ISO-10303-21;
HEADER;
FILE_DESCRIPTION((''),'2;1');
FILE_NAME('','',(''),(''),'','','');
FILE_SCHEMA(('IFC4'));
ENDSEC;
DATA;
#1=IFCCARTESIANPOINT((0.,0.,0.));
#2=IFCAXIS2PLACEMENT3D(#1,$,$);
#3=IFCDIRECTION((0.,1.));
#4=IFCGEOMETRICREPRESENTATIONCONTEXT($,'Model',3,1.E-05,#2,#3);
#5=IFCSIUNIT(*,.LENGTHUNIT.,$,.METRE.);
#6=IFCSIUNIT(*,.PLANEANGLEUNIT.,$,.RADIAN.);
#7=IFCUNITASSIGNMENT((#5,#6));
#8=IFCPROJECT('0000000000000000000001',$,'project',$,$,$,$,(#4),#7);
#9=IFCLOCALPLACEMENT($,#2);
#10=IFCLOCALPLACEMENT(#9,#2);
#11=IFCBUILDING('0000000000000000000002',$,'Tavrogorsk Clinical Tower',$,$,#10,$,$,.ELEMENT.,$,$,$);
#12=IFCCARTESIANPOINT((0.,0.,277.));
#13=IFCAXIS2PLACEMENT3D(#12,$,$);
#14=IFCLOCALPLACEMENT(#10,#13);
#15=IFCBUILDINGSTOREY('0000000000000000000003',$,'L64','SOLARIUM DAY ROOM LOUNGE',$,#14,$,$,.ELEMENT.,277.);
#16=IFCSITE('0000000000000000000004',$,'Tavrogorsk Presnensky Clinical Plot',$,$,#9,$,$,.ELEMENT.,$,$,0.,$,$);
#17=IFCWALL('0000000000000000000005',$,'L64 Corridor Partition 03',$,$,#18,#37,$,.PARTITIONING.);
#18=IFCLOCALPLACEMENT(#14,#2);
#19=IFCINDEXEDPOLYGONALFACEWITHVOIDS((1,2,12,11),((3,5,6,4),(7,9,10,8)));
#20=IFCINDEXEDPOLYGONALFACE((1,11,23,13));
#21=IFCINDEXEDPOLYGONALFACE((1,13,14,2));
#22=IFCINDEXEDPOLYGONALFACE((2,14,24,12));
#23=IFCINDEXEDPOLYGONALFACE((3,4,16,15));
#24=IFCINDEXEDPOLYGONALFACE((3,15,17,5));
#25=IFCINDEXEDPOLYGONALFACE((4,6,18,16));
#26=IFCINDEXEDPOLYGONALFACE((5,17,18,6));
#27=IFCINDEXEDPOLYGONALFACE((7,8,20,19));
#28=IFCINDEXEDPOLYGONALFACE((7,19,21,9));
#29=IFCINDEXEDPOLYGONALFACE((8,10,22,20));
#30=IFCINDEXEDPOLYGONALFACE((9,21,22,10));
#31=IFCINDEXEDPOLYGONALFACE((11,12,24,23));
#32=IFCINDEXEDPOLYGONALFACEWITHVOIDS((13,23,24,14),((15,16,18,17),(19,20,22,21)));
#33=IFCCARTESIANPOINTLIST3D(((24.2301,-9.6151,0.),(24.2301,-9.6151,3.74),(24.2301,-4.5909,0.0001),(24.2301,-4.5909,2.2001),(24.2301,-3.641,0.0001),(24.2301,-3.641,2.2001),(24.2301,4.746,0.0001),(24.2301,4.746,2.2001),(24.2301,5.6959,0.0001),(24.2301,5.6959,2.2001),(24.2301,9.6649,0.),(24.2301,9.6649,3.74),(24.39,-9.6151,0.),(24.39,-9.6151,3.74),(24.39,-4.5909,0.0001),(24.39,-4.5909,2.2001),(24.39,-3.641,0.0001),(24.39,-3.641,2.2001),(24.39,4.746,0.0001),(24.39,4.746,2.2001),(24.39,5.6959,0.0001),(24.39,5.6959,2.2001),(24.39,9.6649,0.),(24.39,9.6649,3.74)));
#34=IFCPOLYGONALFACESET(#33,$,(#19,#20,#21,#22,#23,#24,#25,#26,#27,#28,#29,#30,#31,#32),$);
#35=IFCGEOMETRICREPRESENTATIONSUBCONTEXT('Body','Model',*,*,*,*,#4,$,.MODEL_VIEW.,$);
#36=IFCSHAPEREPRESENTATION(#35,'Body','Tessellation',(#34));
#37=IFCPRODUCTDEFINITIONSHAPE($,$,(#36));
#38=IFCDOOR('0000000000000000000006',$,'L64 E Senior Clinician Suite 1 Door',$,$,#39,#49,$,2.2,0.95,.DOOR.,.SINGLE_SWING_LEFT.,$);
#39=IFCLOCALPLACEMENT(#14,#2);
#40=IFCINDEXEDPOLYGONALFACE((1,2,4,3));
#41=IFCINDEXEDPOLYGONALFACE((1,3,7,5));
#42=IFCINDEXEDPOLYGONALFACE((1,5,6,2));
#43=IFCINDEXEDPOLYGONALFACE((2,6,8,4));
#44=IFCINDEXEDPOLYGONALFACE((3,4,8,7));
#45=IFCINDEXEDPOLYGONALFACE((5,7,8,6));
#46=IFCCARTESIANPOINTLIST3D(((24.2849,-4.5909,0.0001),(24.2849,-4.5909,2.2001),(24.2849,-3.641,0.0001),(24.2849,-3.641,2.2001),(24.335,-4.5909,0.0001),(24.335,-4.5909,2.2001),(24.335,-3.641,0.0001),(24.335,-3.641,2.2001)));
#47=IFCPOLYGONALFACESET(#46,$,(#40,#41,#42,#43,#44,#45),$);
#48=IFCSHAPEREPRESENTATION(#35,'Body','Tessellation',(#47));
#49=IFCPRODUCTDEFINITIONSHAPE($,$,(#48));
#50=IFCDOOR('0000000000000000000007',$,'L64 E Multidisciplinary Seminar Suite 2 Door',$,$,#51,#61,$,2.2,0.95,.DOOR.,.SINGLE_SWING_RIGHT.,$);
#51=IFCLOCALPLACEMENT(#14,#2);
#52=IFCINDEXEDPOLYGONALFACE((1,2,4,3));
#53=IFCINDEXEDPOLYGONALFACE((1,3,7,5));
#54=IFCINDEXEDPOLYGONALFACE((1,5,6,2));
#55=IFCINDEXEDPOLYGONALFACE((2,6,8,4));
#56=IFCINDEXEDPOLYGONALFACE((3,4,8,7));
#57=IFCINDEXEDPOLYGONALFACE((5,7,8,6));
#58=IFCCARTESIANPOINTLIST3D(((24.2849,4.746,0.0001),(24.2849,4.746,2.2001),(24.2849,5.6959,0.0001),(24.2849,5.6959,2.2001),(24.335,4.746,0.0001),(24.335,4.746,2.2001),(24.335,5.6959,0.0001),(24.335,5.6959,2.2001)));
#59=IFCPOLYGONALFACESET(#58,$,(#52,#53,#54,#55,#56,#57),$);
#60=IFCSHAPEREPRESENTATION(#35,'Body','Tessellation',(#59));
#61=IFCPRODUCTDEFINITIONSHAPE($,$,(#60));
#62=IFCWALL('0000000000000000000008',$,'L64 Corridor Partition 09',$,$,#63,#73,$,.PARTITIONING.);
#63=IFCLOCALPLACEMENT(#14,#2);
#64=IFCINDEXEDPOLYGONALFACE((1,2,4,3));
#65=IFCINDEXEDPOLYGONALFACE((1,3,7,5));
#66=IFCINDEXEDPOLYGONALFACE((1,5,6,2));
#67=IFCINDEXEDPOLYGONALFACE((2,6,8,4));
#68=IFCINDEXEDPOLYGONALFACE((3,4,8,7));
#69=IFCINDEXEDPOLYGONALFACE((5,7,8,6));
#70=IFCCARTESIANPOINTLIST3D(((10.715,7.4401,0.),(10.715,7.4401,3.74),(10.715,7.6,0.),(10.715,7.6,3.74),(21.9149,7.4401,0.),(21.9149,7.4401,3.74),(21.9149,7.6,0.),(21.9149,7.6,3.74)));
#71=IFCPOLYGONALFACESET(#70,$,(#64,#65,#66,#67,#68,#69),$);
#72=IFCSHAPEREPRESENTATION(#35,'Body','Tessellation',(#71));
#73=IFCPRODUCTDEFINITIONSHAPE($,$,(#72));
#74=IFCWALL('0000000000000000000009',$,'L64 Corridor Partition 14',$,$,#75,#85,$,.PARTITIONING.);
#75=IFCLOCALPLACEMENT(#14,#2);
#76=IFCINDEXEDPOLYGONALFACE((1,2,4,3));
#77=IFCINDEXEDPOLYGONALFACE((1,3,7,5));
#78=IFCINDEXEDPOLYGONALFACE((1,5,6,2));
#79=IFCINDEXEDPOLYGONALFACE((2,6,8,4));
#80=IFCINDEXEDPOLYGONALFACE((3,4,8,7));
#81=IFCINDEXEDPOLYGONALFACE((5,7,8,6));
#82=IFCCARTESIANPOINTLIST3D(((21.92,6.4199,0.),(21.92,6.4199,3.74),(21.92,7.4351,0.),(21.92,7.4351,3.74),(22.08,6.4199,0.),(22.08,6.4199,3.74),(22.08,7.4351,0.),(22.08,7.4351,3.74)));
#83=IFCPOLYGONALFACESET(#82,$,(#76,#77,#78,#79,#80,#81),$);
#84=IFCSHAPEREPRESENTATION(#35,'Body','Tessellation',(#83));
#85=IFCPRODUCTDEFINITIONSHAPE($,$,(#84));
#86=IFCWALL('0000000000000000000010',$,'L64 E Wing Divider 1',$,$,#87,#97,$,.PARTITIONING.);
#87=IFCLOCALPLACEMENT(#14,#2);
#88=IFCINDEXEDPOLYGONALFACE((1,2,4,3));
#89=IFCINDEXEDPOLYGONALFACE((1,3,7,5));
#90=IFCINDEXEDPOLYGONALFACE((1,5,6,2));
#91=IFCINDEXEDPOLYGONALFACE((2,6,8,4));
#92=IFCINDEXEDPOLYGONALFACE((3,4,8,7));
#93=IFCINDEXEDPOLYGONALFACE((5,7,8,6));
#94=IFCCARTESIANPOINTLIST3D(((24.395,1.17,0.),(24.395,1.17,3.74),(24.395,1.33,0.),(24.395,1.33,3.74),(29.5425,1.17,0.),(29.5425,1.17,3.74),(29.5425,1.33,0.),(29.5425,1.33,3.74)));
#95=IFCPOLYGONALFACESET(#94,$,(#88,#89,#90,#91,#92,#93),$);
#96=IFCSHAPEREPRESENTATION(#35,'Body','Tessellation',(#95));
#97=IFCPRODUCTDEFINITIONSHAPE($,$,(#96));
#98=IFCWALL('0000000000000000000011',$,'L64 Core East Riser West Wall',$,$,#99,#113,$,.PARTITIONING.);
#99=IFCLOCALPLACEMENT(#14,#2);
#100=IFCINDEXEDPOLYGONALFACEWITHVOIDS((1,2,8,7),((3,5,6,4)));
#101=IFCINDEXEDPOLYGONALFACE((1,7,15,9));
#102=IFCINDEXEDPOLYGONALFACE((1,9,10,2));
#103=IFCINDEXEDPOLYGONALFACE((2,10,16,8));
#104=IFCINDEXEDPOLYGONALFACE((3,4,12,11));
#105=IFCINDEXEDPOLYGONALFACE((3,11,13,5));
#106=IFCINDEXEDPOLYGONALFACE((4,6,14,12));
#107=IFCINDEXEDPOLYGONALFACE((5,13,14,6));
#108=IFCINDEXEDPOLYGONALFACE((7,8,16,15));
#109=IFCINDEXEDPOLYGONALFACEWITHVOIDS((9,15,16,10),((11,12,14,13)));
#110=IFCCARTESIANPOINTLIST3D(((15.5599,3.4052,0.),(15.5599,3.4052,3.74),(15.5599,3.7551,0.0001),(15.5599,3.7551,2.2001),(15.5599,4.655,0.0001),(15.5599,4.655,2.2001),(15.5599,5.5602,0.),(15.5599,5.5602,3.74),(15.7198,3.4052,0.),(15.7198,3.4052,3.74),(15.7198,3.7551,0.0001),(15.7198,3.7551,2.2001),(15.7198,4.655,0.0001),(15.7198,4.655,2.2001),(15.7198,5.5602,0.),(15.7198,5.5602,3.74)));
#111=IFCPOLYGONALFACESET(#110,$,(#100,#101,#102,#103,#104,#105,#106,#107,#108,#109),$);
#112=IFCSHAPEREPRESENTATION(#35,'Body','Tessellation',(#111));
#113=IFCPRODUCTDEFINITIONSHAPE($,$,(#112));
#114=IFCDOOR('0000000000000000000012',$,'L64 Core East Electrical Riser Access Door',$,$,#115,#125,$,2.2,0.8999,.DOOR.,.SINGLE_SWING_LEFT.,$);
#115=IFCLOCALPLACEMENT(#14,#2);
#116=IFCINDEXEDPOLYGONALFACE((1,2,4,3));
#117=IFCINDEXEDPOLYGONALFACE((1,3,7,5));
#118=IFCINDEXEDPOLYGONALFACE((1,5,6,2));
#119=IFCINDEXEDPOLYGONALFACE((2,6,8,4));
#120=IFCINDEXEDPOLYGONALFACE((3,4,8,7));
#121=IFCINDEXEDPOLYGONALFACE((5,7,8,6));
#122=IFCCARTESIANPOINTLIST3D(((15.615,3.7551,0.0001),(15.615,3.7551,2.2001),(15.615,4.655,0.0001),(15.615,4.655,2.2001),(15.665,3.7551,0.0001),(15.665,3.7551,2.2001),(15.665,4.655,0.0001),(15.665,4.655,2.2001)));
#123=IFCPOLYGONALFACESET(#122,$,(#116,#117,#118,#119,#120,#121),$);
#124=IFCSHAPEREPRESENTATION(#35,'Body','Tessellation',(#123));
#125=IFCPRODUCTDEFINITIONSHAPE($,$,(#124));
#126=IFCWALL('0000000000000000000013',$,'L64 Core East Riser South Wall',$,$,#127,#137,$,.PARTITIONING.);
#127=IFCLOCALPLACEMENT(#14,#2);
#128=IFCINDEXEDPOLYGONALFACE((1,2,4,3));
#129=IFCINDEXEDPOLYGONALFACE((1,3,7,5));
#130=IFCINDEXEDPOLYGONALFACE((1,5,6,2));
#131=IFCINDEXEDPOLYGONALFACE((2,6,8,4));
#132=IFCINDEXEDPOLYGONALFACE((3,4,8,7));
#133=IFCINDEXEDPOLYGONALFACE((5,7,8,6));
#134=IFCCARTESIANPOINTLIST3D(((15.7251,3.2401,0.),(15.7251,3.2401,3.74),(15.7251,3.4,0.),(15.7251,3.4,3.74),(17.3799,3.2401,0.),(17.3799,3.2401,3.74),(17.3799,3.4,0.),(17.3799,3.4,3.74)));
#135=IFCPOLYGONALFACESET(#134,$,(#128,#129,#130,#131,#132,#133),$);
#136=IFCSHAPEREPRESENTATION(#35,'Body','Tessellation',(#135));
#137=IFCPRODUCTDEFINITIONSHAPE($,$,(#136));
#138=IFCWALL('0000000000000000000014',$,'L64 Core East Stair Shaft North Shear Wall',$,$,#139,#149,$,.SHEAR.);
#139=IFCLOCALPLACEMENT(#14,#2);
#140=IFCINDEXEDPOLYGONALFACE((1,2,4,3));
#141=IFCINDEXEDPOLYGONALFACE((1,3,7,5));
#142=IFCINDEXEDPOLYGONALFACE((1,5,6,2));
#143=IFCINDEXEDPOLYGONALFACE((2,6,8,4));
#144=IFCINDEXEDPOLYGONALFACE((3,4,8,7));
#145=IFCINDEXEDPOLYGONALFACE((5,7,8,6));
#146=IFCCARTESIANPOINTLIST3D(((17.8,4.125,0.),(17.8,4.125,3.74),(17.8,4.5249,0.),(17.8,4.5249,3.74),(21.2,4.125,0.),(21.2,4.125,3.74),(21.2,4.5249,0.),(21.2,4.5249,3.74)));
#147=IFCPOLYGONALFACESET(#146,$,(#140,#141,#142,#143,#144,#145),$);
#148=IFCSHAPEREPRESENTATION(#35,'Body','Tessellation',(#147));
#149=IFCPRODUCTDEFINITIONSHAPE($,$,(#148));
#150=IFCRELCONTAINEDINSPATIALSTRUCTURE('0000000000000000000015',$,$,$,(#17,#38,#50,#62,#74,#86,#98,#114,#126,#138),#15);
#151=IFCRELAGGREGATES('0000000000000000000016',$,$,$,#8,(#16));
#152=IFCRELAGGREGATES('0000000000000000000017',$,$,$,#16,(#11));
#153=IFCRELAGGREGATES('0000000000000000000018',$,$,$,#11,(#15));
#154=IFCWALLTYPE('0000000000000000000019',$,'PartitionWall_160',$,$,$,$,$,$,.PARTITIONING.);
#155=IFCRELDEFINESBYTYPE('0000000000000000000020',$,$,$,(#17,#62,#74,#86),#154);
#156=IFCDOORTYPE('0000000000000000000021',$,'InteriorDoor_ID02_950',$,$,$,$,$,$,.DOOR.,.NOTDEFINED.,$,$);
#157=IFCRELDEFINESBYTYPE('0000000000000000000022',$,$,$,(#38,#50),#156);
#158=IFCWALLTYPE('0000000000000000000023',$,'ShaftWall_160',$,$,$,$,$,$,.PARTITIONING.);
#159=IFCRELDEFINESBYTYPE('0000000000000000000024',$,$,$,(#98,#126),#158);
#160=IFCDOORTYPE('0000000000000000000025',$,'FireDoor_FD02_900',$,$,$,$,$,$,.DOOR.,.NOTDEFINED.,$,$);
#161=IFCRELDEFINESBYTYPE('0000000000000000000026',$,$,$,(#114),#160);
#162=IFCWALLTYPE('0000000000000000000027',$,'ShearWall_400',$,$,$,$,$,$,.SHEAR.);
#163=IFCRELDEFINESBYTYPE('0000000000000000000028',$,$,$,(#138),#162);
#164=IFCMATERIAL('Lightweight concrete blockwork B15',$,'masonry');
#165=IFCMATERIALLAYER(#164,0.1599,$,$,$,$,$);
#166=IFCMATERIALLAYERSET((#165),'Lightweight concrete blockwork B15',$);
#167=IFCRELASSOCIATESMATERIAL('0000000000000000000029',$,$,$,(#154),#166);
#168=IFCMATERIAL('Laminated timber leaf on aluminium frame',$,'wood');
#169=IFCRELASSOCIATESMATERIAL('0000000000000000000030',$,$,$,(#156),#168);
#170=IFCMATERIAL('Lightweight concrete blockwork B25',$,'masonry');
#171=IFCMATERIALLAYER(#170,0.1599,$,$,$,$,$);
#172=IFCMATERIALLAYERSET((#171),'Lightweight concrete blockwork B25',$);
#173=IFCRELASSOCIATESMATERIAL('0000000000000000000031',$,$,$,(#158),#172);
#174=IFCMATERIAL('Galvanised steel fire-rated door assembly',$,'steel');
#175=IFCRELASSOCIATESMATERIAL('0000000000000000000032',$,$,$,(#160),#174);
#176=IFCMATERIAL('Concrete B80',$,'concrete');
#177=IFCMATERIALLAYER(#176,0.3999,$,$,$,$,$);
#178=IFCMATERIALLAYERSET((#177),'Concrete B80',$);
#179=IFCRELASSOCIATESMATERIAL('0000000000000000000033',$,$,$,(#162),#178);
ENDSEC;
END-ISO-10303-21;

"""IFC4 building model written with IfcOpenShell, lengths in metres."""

from ifc_helpers import new_model, si_unit, direction, frame, frame_2d, origin, place, context, subcontext, project, spatial, rectangle, extrude, material, layer, layer_set, type_object, element, fill, save


model = new_model("IFC4")

# Units and contexts
model_context = context("Model", 3, precision=1e-05, world=origin(), true_north=direction((0.0, 1.0)))
body_context = subcontext(model_context, "Body", "Model", "MODEL_VIEW")
ifc_project = project(units=[si_unit("LENGTHUNIT", "METRE"), si_unit("PLANEANGLEUNIT", "RADIAN")], contexts=[model_context])

# Site, building, storey
site_placement = place(None, origin())
site = spatial("IfcSite", under=ifc_project, at=site_placement, Name="Tavrogorsk Presnensky Clinical Plot", CompositionType="ELEMENT", RefElevation=0.0)
building_placement = place(site_placement, origin())
building = spatial("IfcBuilding", under=site, at=building_placement, Name="Tavrogorsk Clinical Tower", CompositionType="ELEMENT")
storey_placement = place(building_placement, frame((0.0, 0.0, 277.0)))
storey = spatial("IfcBuildingStorey", under=building, at=storey_placement, Name="L64", Description="SOLARIUM DAY ROOM LOUNGE", CompositionType="ELEMENT", Elevation=277.0)

# Shared definitions
ifc_material_1 = material(Name="Lightweight concrete blockwork B15", Category="masonry")
ifc_layer_1 = layer(ifc_material_1, 0.1599)
ifc_layer_set_1 = layer_set([ifc_layer_1], Name="Lightweight concrete blockwork B15")
wall_type_1 = type_object("IfcWallType", Name="PartitionWall_160", PredefinedType="PARTITIONING", material=ifc_layer_set_1)

# Wall, openings, doors
wall_1_placement = place(storey_placement, frame((24.3101, 9.665, 0.0), z_axis=(0.0, 0.0, 1.0), x_axis=(0.0, -1.0, 0.0)))
wall_1 = element("IfcWall", 1, at=wall_1_placement, inside=storey, type_object=wall_type_1, Name="L64 Corridor Partition 03", PredefinedType="PARTITIONING", context=body_context, shape_type="SweptSolid", body=[
    extrude(rectangle(XDim=19.28, YDim=0.1599, at=frame_2d((9.6401, 0.0))), origin(), (0.0, 0.0, 1.0), 3.74),
])
opening_1_placement = place(wall_1_placement, frame((13.3059, 0.0, 0.0)))
opening_1 = element("IfcOpeningElement", 2, at=opening_1_placement, cuts=wall_1, PredefinedType="OPENING", context=body_context, shape_type="SweptSolid", body=[
    extrude(rectangle(XDim=0.95, YDim=2.2, at=frame_2d((0.4751, 1.1001))), frame((0.0, 0.0898, 0.0), z_axis=(0.0, -1.0, 0.0), x_axis=(1.0, 0.0, 0.0)), (0.0, 0.0, 1.0), 0.1799),
])
opening_2_placement = place(wall_1_placement, frame((3.969, 0.0, 0.0)))
opening_2 = element("IfcOpeningElement", 3, at=opening_2_placement, cuts=wall_1, PredefinedType="OPENING", context=body_context, shape_type="SweptSolid", body=[
    extrude(rectangle(XDim=0.95, YDim=2.2, at=frame_2d((0.4751, 1.1001))), frame((0.0, 0.0898, 0.0), z_axis=(0.0, -1.0, 0.0), x_axis=(1.0, 0.0, 0.0)), (0.0, 0.0, 1.0), 0.1799),
])
ifc_material_2 = material(Name="Laminated timber leaf on aluminium frame", Category="wood")
door_type_1 = type_object("IfcDoorType", Name="InteriorDoor_ID02_950", OperationType="NOTDEFINED", PredefinedType="DOOR", material=ifc_material_2)
door_1_placement = place(opening_1_placement, origin())
door_1 = element("IfcDoor", 4, at=door_1_placement, inside=storey, type_object=door_type_1, Name="L64 E Senior Clinician Suite 1 Door", OperationType="SINGLE_SWING_LEFT", OverallHeight=2.2, OverallWidth=0.95, PredefinedType="DOOR", context=body_context, shape_type="SweptSolid", body=[
    extrude(rectangle(XDim=0.95, YDim=2.2, at=frame_2d((0.4751, 1.1001))), frame((0.0, 0.0249, 0.0), z_axis=(0.0, -1.0, 0.0), x_axis=(1.0, 0.0, 0.0)), (0.0, 0.0, 1.0), 0.05),
])
fill(opening_1, door_1)
door_2_placement = place(opening_2_placement, origin())
door_2 = element("IfcDoor", 5, at=door_2_placement, inside=storey, type_object=door_type_1, Name="L64 E Multidisciplinary Seminar Suite 2 Door", OperationType="SINGLE_SWING_RIGHT", OverallHeight=2.2, OverallWidth=0.95, PredefinedType="DOOR", context=body_context, shape_type="SweptSolid", body=[
    extrude(rectangle(XDim=0.95, YDim=2.2, at=frame_2d((0.4751, 1.1001))), frame((0.0, 0.0249, 0.0), z_axis=(0.0, -1.0, 0.0), x_axis=(1.0, 0.0, 0.0)), (0.0, 0.0, 1.0), 0.05),
])
fill(opening_2, door_2)

# Walls
wall_2_placement = place(storey_placement, frame((21.915, 7.52, 0.0), z_axis=(0.0, 0.0, 1.0), x_axis=(-1.0, 0.0, 0.0)))
element("IfcWall", 6, at=wall_2_placement, inside=storey, type_object=wall_type_1, Name="L64 Corridor Partition 09", PredefinedType="PARTITIONING", context=body_context, shape_type="SweptSolid", body=[
    extrude(rectangle(XDim=11.2, YDim=0.1599, at=frame_2d((5.6001, 0.0))), origin(), (0.0, 0.0, 1.0), 3.74),
])
wall_3_placement = place(storey_placement, frame((22.0, 6.4199, 0.0), z_axis=(0.0, 0.0, 1.0), x_axis=(0.0, 1.0, 0.0)))
element("IfcWall", 7, at=wall_3_placement, inside=storey, type_object=wall_type_1, Name="L64 Corridor Partition 14", PredefinedType="PARTITIONING", context=body_context, shape_type="SweptSolid", body=[
    extrude(rectangle(XDim=1.0151, YDim=0.1599, at=frame_2d((0.5076, 0.0))), origin(), (0.0, 0.0, 1.0), 3.74),
])
wall_4_placement = place(storey_placement, frame((24.395, 1.25, 0.0), z_axis=(0.0, 0.0, 1.0), x_axis=(1.0, 0.0, 0.0)))
element("IfcWall", 8, at=wall_4_placement, inside=storey, type_object=wall_type_1, Name="L64 E Wing Divider 1", PredefinedType="PARTITIONING", context=body_context, shape_type="SweptSolid", body=[
    extrude(rectangle(XDim=5.1475, YDim=0.1599, at=frame_2d((2.5737, 0.0))), origin(), (0.0, 0.0, 1.0), 3.74),
])

# Wall, opening, door
ifc_material_3 = material(Name="Lightweight concrete blockwork B25", Category="masonry")
ifc_layer_2 = layer(ifc_material_3, 0.1599)
ifc_layer_set_2 = layer_set([ifc_layer_2], Name="Lightweight concrete blockwork B25")
wall_type_2 = type_object("IfcWallType", Name="ShaftWall_160", PredefinedType="PARTITIONING", material=ifc_layer_set_2)
wall_5_placement = place(storey_placement, frame((15.6399, 3.405, 0.0), z_axis=(0.0, 0.0, 1.0), x_axis=(0.0, 1.0, 0.0)))
wall_5 = element("IfcWall", 9, at=wall_5_placement, inside=storey, type_object=wall_type_2, Name="L64 Core East Riser West Wall", PredefinedType="PARTITIONING", context=body_context, shape_type="SweptSolid", body=[
    extrude(rectangle(XDim=2.155, YDim=0.1599, at=frame_2d((1.0776, 0.0))), origin(), (0.0, 0.0, 1.0), 3.74),
])
opening_3_placement = place(wall_5_placement, frame((0.3501, 0.0, 0.0)))
opening_3 = element("IfcOpeningElement", 10, at=opening_3_placement, cuts=wall_5, PredefinedType="OPENING", context=body_context, shape_type="SweptSolid", body=[
    extrude(rectangle(XDim=0.8999, YDim=2.2, at=frame_2d((0.45, 1.1001))), frame((0.0, 0.0898, 0.0), z_axis=(0.0, -1.0, 0.0), x_axis=(1.0, 0.0, 0.0)), (0.0, 0.0, 1.0), 0.1799),
])
ifc_material_4 = material(Name="Galvanised steel fire-rated door assembly", Category="steel")
door_type_2 = type_object("IfcDoorType", Name="FireDoor_FD02_900", OperationType="NOTDEFINED", PredefinedType="DOOR", material=ifc_material_4)
door_3_placement = place(opening_3_placement, origin())
door_3 = element("IfcDoor", 11, at=door_3_placement, inside=storey, type_object=door_type_2, Name="L64 Core East Electrical Riser Access Door", OperationType="SINGLE_SWING_LEFT", OverallHeight=2.2, OverallWidth=0.8999, PredefinedType="DOOR", context=body_context, shape_type="SweptSolid", body=[
    extrude(rectangle(XDim=0.8999, YDim=2.2, at=frame_2d((0.45, 1.1001))), frame((0.0, 0.0249, 0.0), z_axis=(0.0, -1.0, 0.0), x_axis=(1.0, 0.0, 0.0)), (0.0, 0.0, 1.0), 0.05),
])
fill(opening_3, door_3)

# Walls
wall_6_placement = place(storey_placement, frame((15.7251, 3.3201, 0.0), z_axis=(0.0, 0.0, 1.0), x_axis=(1.0, 0.0, 0.0)))
element("IfcWall", 12, at=wall_6_placement, inside=storey, type_object=wall_type_2, Name="L64 Core East Riser South Wall", PredefinedType="PARTITIONING", context=body_context, shape_type="SweptSolid", body=[
    extrude(rectangle(XDim=1.6548, YDim=0.1599, at=frame_2d((0.8274, 0.0))), origin(), (0.0, 0.0, 1.0), 3.74),
])
ifc_material_5 = material(Name="Concrete B80", Category="concrete")
ifc_layer_3 = layer(ifc_material_5, 0.3999)
ifc_layer_set_3 = layer_set([ifc_layer_3], Name="Concrete B80")
wall_type_3 = type_object("IfcWallType", Name="ShearWall_400", PredefinedType="SHEAR", material=ifc_layer_set_3)
wall_7_placement = place(storey_placement, frame((17.8, 4.325, 0.0), z_axis=(0.0, 0.0, 1.0), x_axis=(1.0, 0.0, 0.0)))
element("IfcWall", 13, at=wall_7_placement, inside=storey, type_object=wall_type_3, Name="L64 Core East Stair Shaft North Shear Wall", PredefinedType="SHEAR", context=body_context, shape_type="SweptSolid", body=[
    extrude(rectangle(XDim=3.3999, YDim=0.3999, at=frame_2d((1.7, 0.0))), origin(), (0.0, 0.0, 1.0), 3.74),
])

save(model, "model.ifc")
